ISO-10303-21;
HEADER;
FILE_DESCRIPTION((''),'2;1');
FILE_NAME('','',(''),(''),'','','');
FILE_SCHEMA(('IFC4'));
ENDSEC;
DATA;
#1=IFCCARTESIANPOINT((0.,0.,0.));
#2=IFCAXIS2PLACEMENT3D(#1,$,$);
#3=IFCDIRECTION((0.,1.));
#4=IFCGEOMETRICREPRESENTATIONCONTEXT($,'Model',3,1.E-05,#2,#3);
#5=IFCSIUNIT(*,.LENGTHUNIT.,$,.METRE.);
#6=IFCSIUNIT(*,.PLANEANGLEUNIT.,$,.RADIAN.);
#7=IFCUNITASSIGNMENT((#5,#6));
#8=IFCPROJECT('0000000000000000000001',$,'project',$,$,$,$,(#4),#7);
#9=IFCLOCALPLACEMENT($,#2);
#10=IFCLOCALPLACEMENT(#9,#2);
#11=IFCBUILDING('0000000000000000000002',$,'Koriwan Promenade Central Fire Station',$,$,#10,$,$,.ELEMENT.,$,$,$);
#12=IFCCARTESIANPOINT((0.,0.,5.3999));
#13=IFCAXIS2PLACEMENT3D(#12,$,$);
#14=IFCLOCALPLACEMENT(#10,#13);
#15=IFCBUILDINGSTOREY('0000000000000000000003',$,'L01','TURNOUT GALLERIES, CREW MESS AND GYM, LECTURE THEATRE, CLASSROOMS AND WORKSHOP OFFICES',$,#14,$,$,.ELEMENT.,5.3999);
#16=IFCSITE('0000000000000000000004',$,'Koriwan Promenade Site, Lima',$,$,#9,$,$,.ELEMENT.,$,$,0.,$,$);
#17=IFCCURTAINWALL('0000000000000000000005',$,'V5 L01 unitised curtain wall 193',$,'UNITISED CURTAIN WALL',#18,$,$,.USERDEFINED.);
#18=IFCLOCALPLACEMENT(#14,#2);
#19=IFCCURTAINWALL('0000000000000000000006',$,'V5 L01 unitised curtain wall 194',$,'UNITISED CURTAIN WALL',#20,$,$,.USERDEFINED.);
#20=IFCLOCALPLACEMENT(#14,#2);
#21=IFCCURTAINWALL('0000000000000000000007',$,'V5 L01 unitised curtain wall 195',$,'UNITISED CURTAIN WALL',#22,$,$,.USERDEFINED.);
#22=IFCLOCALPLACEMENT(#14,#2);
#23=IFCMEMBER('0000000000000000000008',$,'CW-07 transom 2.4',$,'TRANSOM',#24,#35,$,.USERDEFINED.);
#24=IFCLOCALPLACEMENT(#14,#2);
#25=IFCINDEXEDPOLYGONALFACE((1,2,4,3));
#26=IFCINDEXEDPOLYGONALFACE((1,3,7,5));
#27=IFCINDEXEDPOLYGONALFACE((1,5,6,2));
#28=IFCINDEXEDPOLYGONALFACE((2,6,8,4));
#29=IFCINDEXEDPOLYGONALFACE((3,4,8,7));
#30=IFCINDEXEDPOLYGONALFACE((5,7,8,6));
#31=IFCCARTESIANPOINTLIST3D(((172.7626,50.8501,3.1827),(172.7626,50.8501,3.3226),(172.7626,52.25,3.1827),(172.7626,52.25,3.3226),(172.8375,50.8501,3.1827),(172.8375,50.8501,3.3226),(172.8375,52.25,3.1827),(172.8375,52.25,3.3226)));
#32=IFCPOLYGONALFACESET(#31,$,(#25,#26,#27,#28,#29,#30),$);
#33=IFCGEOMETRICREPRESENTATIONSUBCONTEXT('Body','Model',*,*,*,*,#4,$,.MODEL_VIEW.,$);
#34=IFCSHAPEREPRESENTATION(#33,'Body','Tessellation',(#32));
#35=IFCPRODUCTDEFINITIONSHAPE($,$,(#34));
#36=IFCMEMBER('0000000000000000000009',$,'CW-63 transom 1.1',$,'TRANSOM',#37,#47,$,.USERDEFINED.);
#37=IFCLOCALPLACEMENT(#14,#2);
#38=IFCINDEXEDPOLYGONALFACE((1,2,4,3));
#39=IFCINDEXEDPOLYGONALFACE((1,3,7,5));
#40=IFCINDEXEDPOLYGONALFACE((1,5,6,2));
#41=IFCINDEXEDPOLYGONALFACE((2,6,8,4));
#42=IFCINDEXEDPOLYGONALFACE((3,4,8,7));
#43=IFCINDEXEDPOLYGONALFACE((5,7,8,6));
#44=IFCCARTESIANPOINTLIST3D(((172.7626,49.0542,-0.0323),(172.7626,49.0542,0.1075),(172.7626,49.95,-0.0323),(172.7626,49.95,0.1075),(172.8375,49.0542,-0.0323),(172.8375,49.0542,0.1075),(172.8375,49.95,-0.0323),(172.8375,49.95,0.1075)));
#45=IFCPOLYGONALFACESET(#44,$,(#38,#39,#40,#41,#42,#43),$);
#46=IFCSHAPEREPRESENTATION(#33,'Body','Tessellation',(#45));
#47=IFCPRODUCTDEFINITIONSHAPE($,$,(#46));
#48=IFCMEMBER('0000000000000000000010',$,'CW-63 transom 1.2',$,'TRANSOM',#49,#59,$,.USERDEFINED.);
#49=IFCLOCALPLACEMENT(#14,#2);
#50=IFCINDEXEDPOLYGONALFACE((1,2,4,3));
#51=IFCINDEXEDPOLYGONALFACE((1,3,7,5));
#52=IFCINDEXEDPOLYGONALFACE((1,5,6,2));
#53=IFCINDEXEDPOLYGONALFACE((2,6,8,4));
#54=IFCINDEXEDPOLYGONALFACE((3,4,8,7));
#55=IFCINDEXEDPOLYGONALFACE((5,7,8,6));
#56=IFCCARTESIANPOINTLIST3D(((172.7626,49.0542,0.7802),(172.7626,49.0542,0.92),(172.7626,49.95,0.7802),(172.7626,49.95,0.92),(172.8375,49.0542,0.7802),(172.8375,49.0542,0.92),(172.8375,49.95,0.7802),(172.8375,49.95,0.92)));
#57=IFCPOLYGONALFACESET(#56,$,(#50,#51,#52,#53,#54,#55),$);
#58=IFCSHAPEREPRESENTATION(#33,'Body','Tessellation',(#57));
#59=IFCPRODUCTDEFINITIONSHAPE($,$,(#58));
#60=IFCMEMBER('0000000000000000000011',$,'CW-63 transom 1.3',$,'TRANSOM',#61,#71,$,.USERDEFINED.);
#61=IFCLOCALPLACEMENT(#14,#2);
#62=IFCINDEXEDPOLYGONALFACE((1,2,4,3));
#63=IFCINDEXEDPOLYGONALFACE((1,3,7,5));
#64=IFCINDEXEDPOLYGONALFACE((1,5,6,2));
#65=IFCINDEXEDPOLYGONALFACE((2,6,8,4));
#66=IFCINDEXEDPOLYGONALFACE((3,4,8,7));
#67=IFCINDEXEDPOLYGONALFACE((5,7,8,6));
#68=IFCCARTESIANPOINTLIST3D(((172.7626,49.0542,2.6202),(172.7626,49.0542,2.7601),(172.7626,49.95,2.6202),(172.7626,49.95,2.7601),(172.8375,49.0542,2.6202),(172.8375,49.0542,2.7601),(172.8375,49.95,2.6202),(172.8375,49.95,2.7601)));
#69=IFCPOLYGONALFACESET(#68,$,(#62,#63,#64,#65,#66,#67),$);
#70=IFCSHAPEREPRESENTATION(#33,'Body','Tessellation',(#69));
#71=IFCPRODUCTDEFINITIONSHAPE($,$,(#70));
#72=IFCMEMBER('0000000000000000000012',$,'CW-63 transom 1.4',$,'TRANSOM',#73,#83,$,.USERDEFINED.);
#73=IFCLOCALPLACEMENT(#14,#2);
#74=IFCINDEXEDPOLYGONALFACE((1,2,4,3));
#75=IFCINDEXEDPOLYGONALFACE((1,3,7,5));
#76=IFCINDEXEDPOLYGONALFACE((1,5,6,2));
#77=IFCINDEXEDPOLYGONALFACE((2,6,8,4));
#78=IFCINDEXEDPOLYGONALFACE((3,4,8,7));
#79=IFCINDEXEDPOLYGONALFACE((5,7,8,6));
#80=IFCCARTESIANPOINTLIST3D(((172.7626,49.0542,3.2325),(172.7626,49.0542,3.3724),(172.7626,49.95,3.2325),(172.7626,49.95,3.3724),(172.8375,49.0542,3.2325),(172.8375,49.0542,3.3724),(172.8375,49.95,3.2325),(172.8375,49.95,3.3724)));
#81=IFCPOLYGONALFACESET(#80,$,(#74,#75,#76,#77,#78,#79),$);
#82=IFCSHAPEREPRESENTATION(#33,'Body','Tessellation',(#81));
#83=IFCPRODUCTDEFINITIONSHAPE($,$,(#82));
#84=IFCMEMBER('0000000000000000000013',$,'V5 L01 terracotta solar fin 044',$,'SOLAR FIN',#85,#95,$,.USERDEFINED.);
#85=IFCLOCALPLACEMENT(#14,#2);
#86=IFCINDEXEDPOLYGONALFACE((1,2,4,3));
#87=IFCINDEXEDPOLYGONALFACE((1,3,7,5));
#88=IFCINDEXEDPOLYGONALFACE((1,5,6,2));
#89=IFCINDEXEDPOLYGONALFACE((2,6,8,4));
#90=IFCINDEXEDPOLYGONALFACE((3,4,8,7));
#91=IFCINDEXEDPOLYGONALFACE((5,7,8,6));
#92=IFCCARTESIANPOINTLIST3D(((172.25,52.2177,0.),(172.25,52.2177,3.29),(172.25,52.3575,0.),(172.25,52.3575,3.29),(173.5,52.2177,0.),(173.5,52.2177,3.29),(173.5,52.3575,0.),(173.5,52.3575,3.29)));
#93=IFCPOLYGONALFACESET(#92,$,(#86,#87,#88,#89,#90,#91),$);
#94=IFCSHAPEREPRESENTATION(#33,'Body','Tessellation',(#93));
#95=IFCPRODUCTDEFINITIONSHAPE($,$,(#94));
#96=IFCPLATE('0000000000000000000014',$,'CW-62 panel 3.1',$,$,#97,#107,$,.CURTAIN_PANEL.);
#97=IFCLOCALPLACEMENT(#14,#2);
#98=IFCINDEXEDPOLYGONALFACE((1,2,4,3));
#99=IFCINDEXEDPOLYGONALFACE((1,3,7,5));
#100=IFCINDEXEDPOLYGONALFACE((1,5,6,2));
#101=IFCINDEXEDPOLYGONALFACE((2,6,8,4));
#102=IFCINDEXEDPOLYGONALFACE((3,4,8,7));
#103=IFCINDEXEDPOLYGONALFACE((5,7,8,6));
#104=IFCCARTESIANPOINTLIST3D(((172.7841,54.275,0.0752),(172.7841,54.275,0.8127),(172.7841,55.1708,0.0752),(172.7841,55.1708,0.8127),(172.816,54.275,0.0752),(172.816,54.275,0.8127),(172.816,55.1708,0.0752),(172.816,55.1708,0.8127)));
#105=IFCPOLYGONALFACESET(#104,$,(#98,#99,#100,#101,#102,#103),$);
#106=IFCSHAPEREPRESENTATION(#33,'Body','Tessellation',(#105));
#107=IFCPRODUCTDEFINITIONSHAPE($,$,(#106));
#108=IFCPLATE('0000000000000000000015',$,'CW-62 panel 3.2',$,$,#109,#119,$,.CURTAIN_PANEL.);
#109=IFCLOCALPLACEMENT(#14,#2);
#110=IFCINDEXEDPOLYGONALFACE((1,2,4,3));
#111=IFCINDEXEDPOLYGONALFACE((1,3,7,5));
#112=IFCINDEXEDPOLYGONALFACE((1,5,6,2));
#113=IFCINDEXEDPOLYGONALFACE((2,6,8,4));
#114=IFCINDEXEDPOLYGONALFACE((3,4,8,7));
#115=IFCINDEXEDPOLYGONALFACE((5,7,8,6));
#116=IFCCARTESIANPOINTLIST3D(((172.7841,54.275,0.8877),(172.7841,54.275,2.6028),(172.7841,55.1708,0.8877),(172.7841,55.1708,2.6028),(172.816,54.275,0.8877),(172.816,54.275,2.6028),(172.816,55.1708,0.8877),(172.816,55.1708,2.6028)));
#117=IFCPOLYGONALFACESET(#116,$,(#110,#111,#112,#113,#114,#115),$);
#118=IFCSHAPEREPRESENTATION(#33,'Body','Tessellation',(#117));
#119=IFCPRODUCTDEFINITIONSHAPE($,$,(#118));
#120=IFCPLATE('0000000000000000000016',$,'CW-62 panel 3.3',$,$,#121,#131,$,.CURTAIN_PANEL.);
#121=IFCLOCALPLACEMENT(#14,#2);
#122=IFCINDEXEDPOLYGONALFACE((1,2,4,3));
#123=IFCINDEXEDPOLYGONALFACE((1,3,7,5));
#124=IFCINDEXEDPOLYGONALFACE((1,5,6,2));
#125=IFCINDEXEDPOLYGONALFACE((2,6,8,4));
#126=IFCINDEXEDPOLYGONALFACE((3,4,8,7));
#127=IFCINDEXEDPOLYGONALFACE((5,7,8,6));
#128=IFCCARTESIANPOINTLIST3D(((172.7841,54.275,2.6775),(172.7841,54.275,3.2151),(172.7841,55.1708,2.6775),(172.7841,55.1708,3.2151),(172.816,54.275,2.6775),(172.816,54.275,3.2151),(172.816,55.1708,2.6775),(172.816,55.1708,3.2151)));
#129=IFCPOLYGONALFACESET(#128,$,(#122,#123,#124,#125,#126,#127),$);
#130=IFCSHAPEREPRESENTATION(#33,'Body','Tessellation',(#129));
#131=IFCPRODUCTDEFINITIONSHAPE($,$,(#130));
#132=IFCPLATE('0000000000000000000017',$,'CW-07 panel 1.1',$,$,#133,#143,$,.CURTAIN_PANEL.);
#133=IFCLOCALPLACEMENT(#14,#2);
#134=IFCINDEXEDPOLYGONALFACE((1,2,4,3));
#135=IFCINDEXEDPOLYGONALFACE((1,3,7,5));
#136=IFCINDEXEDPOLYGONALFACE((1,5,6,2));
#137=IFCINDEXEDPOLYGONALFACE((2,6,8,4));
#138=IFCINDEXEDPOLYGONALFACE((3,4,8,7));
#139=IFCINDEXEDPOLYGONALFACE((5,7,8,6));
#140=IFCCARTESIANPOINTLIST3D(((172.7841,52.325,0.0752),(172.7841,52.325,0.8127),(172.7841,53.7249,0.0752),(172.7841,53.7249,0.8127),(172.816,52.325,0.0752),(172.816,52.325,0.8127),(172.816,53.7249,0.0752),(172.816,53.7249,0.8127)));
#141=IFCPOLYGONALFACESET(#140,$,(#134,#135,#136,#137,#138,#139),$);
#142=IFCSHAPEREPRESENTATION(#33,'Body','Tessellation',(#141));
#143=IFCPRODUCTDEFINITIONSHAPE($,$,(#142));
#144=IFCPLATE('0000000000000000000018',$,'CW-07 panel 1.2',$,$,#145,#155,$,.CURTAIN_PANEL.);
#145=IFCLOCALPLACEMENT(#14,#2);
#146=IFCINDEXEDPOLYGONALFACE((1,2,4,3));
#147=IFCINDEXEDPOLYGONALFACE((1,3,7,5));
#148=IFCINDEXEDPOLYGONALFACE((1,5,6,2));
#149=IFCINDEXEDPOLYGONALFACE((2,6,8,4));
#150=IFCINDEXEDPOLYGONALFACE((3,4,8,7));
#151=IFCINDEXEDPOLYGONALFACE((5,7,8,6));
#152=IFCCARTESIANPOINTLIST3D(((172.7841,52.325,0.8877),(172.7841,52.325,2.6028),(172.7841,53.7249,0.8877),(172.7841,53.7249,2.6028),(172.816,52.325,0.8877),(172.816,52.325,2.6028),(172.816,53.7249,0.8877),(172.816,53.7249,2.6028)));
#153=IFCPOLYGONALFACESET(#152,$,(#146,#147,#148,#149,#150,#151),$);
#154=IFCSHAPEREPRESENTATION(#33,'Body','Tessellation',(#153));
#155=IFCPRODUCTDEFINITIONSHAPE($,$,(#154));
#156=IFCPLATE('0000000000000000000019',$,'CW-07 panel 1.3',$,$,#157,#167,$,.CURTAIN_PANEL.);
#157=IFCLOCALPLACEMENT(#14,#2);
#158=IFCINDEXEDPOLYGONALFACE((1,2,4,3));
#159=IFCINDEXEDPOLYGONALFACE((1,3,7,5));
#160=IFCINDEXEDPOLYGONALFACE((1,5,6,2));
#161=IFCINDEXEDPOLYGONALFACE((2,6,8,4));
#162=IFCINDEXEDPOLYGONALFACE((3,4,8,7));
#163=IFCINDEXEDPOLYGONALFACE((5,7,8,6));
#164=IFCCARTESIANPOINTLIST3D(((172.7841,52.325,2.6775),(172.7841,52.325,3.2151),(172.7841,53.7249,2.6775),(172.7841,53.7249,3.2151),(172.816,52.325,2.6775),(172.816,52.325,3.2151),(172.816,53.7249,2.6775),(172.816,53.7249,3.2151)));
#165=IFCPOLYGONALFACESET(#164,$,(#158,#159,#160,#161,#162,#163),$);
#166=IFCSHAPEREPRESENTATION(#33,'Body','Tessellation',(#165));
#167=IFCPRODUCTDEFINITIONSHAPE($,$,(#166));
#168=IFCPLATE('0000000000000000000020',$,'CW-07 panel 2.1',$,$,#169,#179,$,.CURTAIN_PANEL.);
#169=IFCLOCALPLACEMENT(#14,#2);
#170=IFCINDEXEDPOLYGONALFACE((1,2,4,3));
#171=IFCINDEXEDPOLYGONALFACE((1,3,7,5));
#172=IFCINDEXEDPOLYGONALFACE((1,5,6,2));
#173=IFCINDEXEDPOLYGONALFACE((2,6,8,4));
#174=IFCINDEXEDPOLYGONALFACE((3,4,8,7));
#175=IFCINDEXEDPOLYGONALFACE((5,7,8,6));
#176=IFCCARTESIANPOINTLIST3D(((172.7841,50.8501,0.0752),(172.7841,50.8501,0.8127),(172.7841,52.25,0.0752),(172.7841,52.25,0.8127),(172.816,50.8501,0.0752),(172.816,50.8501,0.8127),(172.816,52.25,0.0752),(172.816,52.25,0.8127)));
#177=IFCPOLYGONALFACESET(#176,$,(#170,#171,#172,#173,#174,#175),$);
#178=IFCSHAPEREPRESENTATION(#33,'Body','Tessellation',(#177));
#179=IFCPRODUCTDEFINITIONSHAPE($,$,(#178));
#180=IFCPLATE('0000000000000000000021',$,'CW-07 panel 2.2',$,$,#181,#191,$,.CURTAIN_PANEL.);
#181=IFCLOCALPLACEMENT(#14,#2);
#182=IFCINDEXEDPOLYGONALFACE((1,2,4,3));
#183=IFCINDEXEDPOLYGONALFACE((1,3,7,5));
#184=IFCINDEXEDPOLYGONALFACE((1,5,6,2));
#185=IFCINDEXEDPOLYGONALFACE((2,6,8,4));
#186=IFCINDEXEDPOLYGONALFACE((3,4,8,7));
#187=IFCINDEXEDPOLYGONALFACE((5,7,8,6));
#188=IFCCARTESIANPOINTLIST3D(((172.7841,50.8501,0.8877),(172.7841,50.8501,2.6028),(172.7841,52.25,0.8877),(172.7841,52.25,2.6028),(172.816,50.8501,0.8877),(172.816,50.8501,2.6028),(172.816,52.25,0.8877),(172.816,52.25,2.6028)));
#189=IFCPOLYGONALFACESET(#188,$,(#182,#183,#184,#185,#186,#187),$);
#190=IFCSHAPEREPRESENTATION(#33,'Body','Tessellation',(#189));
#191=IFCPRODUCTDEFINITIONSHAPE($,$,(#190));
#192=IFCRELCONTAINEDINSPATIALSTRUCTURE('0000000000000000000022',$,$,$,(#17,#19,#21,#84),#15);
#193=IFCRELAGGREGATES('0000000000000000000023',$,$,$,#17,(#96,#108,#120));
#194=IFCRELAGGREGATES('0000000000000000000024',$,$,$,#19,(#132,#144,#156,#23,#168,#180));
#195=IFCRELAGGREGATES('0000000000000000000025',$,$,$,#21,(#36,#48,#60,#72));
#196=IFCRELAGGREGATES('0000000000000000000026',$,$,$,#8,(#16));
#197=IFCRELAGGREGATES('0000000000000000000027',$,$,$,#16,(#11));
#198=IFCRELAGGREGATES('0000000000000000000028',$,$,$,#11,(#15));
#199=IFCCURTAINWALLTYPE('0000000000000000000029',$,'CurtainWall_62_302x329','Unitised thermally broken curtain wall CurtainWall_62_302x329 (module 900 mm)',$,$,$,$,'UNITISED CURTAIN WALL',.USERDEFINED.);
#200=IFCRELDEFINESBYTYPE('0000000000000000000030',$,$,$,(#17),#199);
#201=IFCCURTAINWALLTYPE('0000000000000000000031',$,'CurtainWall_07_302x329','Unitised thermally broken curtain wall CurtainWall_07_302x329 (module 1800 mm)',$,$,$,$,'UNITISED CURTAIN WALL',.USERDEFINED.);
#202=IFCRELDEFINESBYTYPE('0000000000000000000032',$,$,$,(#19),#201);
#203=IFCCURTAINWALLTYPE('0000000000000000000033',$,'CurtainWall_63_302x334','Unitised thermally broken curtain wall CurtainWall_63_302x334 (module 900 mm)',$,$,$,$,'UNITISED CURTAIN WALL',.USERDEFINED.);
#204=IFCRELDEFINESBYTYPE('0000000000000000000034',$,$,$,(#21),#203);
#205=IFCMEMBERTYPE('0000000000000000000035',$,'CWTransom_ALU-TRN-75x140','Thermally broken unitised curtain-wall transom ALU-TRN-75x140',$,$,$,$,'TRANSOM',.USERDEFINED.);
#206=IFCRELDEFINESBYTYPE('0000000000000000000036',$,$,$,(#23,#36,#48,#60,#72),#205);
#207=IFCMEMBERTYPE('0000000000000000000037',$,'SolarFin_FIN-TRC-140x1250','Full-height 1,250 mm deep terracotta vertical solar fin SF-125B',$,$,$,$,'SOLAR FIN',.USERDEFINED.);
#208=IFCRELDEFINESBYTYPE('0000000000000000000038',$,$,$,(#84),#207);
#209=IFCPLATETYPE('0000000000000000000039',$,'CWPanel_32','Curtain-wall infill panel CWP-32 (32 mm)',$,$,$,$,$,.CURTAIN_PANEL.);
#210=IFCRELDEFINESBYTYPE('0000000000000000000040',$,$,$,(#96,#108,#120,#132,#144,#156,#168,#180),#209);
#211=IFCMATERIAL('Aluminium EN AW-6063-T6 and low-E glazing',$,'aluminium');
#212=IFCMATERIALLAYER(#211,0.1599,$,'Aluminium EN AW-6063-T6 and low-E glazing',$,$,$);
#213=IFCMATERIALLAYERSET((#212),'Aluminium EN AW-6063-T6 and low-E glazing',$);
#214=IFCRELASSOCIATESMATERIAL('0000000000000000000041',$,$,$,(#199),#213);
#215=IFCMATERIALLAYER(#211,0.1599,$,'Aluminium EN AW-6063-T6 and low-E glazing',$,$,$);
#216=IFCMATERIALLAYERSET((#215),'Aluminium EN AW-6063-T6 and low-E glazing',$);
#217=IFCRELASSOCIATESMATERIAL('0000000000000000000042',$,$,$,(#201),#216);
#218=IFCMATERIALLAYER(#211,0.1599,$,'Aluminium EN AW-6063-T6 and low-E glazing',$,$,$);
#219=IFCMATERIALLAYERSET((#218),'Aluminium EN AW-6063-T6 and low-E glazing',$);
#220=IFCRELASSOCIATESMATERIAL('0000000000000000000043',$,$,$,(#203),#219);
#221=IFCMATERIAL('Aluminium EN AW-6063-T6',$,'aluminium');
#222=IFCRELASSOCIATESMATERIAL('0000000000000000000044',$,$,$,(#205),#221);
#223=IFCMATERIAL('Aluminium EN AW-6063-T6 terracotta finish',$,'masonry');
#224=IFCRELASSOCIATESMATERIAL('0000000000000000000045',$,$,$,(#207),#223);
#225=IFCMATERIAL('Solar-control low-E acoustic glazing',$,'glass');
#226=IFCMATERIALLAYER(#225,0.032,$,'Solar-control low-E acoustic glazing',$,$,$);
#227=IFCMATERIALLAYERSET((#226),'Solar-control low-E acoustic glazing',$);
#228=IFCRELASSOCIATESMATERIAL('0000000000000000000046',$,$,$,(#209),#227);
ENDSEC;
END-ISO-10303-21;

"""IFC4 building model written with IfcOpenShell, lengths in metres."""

from ifc_helpers import new_model, si_unit, direction, frame, origin, origin_2d, place, context, subcontext, project, spatial, rectangle, extrude, material, layer, layer_set, material_profile, profile_set, type_object, element, aggregate, save


model = new_model("IFC4")

# Units and contexts
model_context = context("Model", 3, precision=1e-05, world=origin(), true_north=direction((0.0, 1.0)))
body_context = subcontext(model_context, "Body", "Model", "MODEL_VIEW")
ifc_project = project(units=[si_unit("LENGTHUNIT", "METRE"), si_unit("PLANEANGLEUNIT", "RADIAN")], contexts=[model_context])

# Site, building, storey
site_placement = place(None, origin())
site = spatial("IfcSite", under=ifc_project, at=site_placement, Name="Koriwan Promenade Site, Lima", CompositionType="ELEMENT", RefElevation=0.0)
building_placement = place(site_placement, origin())
building = spatial("IfcBuilding", under=site, at=building_placement, Name="Koriwan Promenade Central Fire Station", CompositionType="ELEMENT")
storey_placement = place(building_placement, frame((0.0, 0.0, 5.3999)))
storey = spatial("IfcBuildingStorey", under=building, at=storey_placement, Name="L01", Description="TURNOUT GALLERIES, CREW MESS AND GYM, LECTURE THEATRE, CLASSROOMS AND WORKSHOP OFFICES", CompositionType="ELEMENT", Elevation=5.3999)

# Curtain wall
ifc_material_1 = material(Name="Aluminium EN AW-6063-T6 and low-E glazing", Category="aluminium")
ifc_layer_1 = layer(ifc_material_1, 0.1599, Name="Aluminium EN AW-6063-T6 and low-E glazing")
ifc_layer_set_1 = layer_set([ifc_layer_1], Name="Aluminium EN AW-6063-T6 and low-E glazing")
curtain_wall_type_1 = type_object("IfcCurtainWallType", Name="CurtainWall_62_302x329", Description="Unitised thermally broken curtain wall CurtainWall_62_302x329 (module 900 mm)", ElementType="UNITISED CURTAIN WALL", PredefinedType="USERDEFINED", material=ifc_layer_set_1)
curtain_wall_1_placement = place(storey_placement, origin())
curtain_wall_1 = element("IfcCurtainWall", 1, at=curtain_wall_1_placement, inside=storey, type_object=curtain_wall_type_1, Name="V5 L01 unitised curtain wall 193", ObjectType="UNITISED CURTAIN WALL", PredefinedType="USERDEFINED")
ifc_material_2 = material(Name="Aluminium EN AW-6063-T6", Category="aluminium")

# Curtain wall
ifc_layer_2 = layer(ifc_material_1, 0.1599, Name="Aluminium EN AW-6063-T6 and low-E glazing")
ifc_layer_set_2 = layer_set([ifc_layer_2], Name="Aluminium EN AW-6063-T6 and low-E glazing")
curtain_wall_type_2 = type_object("IfcCurtainWallType", Name="CurtainWall_07_302x329", Description="Unitised thermally broken curtain wall CurtainWall_07_302x329 (module 1800 mm)", ElementType="UNITISED CURTAIN WALL", PredefinedType="USERDEFINED", material=ifc_layer_set_2)
curtain_wall_2_placement = place(storey_placement, origin())
curtain_wall_2 = element("IfcCurtainWall", 2, at=curtain_wall_2_placement, inside=storey, type_object=curtain_wall_type_2, Name="V5 L01 unitised curtain wall 194", ObjectType="UNITISED CURTAIN WALL", PredefinedType="USERDEFINED")

# Curtain wall
ifc_layer_3 = layer(ifc_material_1, 0.1599, Name="Aluminium EN AW-6063-T6 and low-E glazing")
ifc_layer_set_3 = layer_set([ifc_layer_3], Name="Aluminium EN AW-6063-T6 and low-E glazing")
curtain_wall_type_3 = type_object("IfcCurtainWallType", Name="CurtainWall_63_302x334", Description="Unitised thermally broken curtain wall CurtainWall_63_302x334 (module 900 mm)", ElementType="UNITISED CURTAIN WALL", PredefinedType="USERDEFINED", material=ifc_layer_set_3)
curtain_wall_3_placement = place(storey_placement, origin())
curtain_wall_3 = element("IfcCurtainWall", 3, at=curtain_wall_3_placement, inside=storey, type_object=curtain_wall_type_3, Name="V5 L01 unitised curtain wall 195", ObjectType="UNITISED CURTAIN WALL", PredefinedType="USERDEFINED")

# Members
ifc_material_profile_1 = material_profile(ifc_material_2, rectangle(XDim=0.075, YDim=0.1399, at=origin_2d()), Name="ALU-TRN-75x140")
ifc_profile_set_1 = profile_set([ifc_material_profile_1], Name="Aluminium EN AW-6063-T6")
member_type_1 = type_object("IfcMemberType", Name="CWTransom_ALU-TRN-75x140", Description="Thermally broken unitised curtain-wall transom ALU-TRN-75x140", ElementType="TRANSOM", PredefinedType="USERDEFINED", material=ifc_profile_set_1)
member_1_placement = place(storey_placement, frame((172.8, 52.25, 3.2527), z_axis=(0.0, -1.0, 0.0), x_axis=(1.0, 0.0, 0.0)))
member_1 = element("IfcMember", 4, at=member_1_placement, type_object=member_type_1, Name="CW-07 transom 2.4", ObjectType="TRANSOM", PredefinedType="USERDEFINED", context=body_context, shape_type="SweptSolid", body=[
    extrude(rectangle(XDim=0.075, YDim=0.1399, at=origin_2d()), origin(), (0.0, 0.0, 1.0), 1.3999),
])
member_2_placement = place(storey_placement, frame((172.8, 49.95, 0.0376), z_axis=(0.0, -1.0, 0.0), x_axis=(1.0, 0.0, 0.0)))
member_2 = element("IfcMember", 5, at=member_2_placement, type_object=member_type_1, Name="CW-63 transom 1.1", ObjectType="TRANSOM", PredefinedType="USERDEFINED", context=body_context, shape_type="SweptSolid", body=[
    extrude(rectangle(XDim=0.075, YDim=0.1399, at=origin_2d()), origin(), (0.0, 0.0, 1.0), 0.8958),
])
member_3_placement = place(storey_placement, frame((172.8, 49.95, 0.8501), z_axis=(0.0, -1.0, 0.0), x_axis=(1.0, 0.0, 0.0)))
member_3 = element("IfcMember", 6, at=member_3_placement, type_object=member_type_1, Name="CW-63 transom 1.2", ObjectType="TRANSOM", PredefinedType="USERDEFINED", context=body_context, shape_type="SweptSolid", body=[
    extrude(rectangle(XDim=0.075, YDim=0.1399, at=origin_2d()), origin(), (0.0, 0.0, 1.0), 0.8958),
])
member_4_placement = place(storey_placement, frame((172.8, 49.95, 2.6902), z_axis=(0.0, -1.0, 0.0), x_axis=(1.0, 0.0, 0.0)))
member_4 = element("IfcMember", 7, at=member_4_placement, type_object=member_type_1, Name="CW-63 transom 1.3", ObjectType="TRANSOM", PredefinedType="USERDEFINED", context=body_context, shape_type="SweptSolid", body=[
    extrude(rectangle(XDim=0.075, YDim=0.1399, at=origin_2d()), origin(), (0.0, 0.0, 1.0), 0.8958),
])
member_5_placement = place(storey_placement, frame((172.8, 49.95, 3.3025), z_axis=(0.0, -1.0, 0.0), x_axis=(1.0, 0.0, 0.0)))
member_5 = element("IfcMember", 8, at=member_5_placement, type_object=member_type_1, Name="CW-63 transom 1.4", ObjectType="TRANSOM", PredefinedType="USERDEFINED", context=body_context, shape_type="SweptSolid", body=[
    extrude(rectangle(XDim=0.075, YDim=0.1399, at=origin_2d()), origin(), (0.0, 0.0, 1.0), 0.8958),
])
ifc_material_3 = material(Name="Aluminium EN AW-6063-T6 terracotta finish", Category="masonry")
ifc_material_profile_2 = material_profile(ifc_material_3, rectangle(XDim=0.1399, YDim=1.25, at=origin_2d()), Name="FIN-TRC-140x1250")
ifc_profile_set_2 = profile_set([ifc_material_profile_2], Name="Aluminium EN AW-6063-T6 terracotta finish")
member_type_2 = type_object("IfcMemberType", Name="SolarFin_FIN-TRC-140x1250", Description="Full-height 1,250 mm deep terracotta vertical solar fin SF-125B", ElementType="SOLAR FIN", PredefinedType="USERDEFINED", material=ifc_profile_set_2)
member_6_placement = place(storey_placement, frame((172.875, 52.2876, 0.0), z_axis=(0.0, 0.0, 1.0), x_axis=(0.0, -1.0, 0.0)))
element("IfcMember", 9, at=member_6_placement, inside=storey, type_object=member_type_2, Name="V5 L01 terracotta solar fin 044", ObjectType="SOLAR FIN", PredefinedType="USERDEFINED", context=body_context, shape_type="SweptSolid", body=[
    extrude(rectangle(XDim=0.1399, YDim=1.25, at=origin_2d()), origin(), (0.0, 0.0, 1.0), 3.29),
])

# Plates
ifc_material_4 = material(Name="Solar-control low-E acoustic glazing", Category="glass")
ifc_layer_4 = layer(ifc_material_4, 0.032, Name="Solar-control low-E acoustic glazing")
ifc_layer_set_4 = layer_set([ifc_layer_4], Name="Solar-control low-E acoustic glazing")
plate_type = type_object("IfcPlateType", Name="CWPanel_32", Description="Curtain-wall infill panel CWP-32 (32 mm)", PredefinedType="CURTAIN_PANEL", material=ifc_layer_set_4)
plate_1_placement = place(storey_placement, frame((172.8, 54.7229, 0.0752), z_axis=(0.0, 0.0, 1.0), x_axis=(0.0, -1.0, 0.0)))
plate_1 = element("IfcPlate", 10, at=plate_1_placement, type_object=plate_type, Name="CW-62 panel 3.1", PredefinedType="CURTAIN_PANEL", context=body_context, shape_type="SweptSolid", body=[
    extrude(rectangle(XDim=0.8958, YDim=0.032, at=origin_2d()), origin(), (0.0, 0.0, 1.0), 0.7375),
])
plate_2_placement = place(storey_placement, frame((172.8, 54.7229, 0.8877), z_axis=(0.0, 0.0, 1.0), x_axis=(0.0, -1.0, 0.0)))
plate_2 = element("IfcPlate", 11, at=plate_2_placement, type_object=plate_type, Name="CW-62 panel 3.2", PredefinedType="CURTAIN_PANEL", context=body_context, shape_type="SweptSolid", body=[
    extrude(rectangle(XDim=0.8958, YDim=0.032, at=origin_2d()), origin(), (0.0, 0.0, 1.0), 1.7151),
])
plate_3_placement = place(storey_placement, frame((172.8, 54.7229, 2.6775), z_axis=(0.0, 0.0, 1.0), x_axis=(0.0, -1.0, 0.0)))
plate_3 = element("IfcPlate", 12, at=plate_3_placement, type_object=plate_type, Name="CW-62 panel 3.3", PredefinedType="CURTAIN_PANEL", context=body_context, shape_type="SweptSolid", body=[
    extrude(rectangle(XDim=0.8958, YDim=0.032, at=origin_2d()), origin(), (0.0, 0.0, 1.0), 0.5376),
])
aggregate(curtain_wall_1, [plate_1, plate_2, plate_3])
plate_4_placement = place(storey_placement, frame((172.8, 53.0249, 0.0752), z_axis=(0.0, 0.0, 1.0), x_axis=(0.0, -1.0, 0.0)))
plate_4 = element("IfcPlate", 13, at=plate_4_placement, type_object=plate_type, Name="CW-07 panel 1.1", PredefinedType="CURTAIN_PANEL", context=body_context, shape_type="SweptSolid", body=[
    extrude(rectangle(XDim=1.3999, YDim=0.032, at=origin_2d()), origin(), (0.0, 0.0, 1.0), 0.7375),
])
plate_5_placement = place(storey_placement, frame((172.8, 53.0249, 0.8877), z_axis=(0.0, 0.0, 1.0), x_axis=(0.0, -1.0, 0.0)))
plate_5 = element("IfcPlate", 14, at=plate_5_placement, type_object=plate_type, Name="CW-07 panel 1.2", PredefinedType="CURTAIN_PANEL", context=body_context, shape_type="SweptSolid", body=[
    extrude(rectangle(XDim=1.3999, YDim=0.032, at=origin_2d()), origin(), (0.0, 0.0, 1.0), 1.7151),
])
plate_6_placement = place(storey_placement, frame((172.8, 53.0249, 2.6775), z_axis=(0.0, 0.0, 1.0), x_axis=(0.0, -1.0, 0.0)))
plate_6 = element("IfcPlate", 15, at=plate_6_placement, type_object=plate_type, Name="CW-07 panel 1.3", PredefinedType="CURTAIN_PANEL", context=body_context, shape_type="SweptSolid", body=[
    extrude(rectangle(XDim=1.3999, YDim=0.032, at=origin_2d()), origin(), (0.0, 0.0, 1.0), 0.5376),
])
plate_7_placement = place(storey_placement, frame((172.8, 51.55, 0.0752), z_axis=(0.0, 0.0, 1.0), x_axis=(0.0, -1.0, 0.0)))
plate_7 = element("IfcPlate", 16, at=plate_7_placement, type_object=plate_type, Name="CW-07 panel 2.1", PredefinedType="CURTAIN_PANEL", context=body_context, shape_type="SweptSolid", body=[
    extrude(rectangle(XDim=1.3999, YDim=0.032, at=origin_2d()), origin(), (0.0, 0.0, 1.0), 0.7375),
])
plate_8_placement = place(storey_placement, frame((172.8, 51.55, 0.8877), z_axis=(0.0, 0.0, 1.0), x_axis=(0.0, -1.0, 0.0)))
plate_8 = element("IfcPlate", 17, at=plate_8_placement, type_object=plate_type, Name="CW-07 panel 2.2", PredefinedType="CURTAIN_PANEL", context=body_context, shape_type="SweptSolid", body=[
    extrude(rectangle(XDim=1.3999, YDim=0.032, at=origin_2d()), origin(), (0.0, 0.0, 1.0), 1.7151),
])
aggregate(curtain_wall_2, [plate_4, plate_5, plate_6, member_1, plate_7, plate_8])
aggregate(curtain_wall_3, [member_2, member_3, member_4, member_5])

save(model, "model.ifc")
